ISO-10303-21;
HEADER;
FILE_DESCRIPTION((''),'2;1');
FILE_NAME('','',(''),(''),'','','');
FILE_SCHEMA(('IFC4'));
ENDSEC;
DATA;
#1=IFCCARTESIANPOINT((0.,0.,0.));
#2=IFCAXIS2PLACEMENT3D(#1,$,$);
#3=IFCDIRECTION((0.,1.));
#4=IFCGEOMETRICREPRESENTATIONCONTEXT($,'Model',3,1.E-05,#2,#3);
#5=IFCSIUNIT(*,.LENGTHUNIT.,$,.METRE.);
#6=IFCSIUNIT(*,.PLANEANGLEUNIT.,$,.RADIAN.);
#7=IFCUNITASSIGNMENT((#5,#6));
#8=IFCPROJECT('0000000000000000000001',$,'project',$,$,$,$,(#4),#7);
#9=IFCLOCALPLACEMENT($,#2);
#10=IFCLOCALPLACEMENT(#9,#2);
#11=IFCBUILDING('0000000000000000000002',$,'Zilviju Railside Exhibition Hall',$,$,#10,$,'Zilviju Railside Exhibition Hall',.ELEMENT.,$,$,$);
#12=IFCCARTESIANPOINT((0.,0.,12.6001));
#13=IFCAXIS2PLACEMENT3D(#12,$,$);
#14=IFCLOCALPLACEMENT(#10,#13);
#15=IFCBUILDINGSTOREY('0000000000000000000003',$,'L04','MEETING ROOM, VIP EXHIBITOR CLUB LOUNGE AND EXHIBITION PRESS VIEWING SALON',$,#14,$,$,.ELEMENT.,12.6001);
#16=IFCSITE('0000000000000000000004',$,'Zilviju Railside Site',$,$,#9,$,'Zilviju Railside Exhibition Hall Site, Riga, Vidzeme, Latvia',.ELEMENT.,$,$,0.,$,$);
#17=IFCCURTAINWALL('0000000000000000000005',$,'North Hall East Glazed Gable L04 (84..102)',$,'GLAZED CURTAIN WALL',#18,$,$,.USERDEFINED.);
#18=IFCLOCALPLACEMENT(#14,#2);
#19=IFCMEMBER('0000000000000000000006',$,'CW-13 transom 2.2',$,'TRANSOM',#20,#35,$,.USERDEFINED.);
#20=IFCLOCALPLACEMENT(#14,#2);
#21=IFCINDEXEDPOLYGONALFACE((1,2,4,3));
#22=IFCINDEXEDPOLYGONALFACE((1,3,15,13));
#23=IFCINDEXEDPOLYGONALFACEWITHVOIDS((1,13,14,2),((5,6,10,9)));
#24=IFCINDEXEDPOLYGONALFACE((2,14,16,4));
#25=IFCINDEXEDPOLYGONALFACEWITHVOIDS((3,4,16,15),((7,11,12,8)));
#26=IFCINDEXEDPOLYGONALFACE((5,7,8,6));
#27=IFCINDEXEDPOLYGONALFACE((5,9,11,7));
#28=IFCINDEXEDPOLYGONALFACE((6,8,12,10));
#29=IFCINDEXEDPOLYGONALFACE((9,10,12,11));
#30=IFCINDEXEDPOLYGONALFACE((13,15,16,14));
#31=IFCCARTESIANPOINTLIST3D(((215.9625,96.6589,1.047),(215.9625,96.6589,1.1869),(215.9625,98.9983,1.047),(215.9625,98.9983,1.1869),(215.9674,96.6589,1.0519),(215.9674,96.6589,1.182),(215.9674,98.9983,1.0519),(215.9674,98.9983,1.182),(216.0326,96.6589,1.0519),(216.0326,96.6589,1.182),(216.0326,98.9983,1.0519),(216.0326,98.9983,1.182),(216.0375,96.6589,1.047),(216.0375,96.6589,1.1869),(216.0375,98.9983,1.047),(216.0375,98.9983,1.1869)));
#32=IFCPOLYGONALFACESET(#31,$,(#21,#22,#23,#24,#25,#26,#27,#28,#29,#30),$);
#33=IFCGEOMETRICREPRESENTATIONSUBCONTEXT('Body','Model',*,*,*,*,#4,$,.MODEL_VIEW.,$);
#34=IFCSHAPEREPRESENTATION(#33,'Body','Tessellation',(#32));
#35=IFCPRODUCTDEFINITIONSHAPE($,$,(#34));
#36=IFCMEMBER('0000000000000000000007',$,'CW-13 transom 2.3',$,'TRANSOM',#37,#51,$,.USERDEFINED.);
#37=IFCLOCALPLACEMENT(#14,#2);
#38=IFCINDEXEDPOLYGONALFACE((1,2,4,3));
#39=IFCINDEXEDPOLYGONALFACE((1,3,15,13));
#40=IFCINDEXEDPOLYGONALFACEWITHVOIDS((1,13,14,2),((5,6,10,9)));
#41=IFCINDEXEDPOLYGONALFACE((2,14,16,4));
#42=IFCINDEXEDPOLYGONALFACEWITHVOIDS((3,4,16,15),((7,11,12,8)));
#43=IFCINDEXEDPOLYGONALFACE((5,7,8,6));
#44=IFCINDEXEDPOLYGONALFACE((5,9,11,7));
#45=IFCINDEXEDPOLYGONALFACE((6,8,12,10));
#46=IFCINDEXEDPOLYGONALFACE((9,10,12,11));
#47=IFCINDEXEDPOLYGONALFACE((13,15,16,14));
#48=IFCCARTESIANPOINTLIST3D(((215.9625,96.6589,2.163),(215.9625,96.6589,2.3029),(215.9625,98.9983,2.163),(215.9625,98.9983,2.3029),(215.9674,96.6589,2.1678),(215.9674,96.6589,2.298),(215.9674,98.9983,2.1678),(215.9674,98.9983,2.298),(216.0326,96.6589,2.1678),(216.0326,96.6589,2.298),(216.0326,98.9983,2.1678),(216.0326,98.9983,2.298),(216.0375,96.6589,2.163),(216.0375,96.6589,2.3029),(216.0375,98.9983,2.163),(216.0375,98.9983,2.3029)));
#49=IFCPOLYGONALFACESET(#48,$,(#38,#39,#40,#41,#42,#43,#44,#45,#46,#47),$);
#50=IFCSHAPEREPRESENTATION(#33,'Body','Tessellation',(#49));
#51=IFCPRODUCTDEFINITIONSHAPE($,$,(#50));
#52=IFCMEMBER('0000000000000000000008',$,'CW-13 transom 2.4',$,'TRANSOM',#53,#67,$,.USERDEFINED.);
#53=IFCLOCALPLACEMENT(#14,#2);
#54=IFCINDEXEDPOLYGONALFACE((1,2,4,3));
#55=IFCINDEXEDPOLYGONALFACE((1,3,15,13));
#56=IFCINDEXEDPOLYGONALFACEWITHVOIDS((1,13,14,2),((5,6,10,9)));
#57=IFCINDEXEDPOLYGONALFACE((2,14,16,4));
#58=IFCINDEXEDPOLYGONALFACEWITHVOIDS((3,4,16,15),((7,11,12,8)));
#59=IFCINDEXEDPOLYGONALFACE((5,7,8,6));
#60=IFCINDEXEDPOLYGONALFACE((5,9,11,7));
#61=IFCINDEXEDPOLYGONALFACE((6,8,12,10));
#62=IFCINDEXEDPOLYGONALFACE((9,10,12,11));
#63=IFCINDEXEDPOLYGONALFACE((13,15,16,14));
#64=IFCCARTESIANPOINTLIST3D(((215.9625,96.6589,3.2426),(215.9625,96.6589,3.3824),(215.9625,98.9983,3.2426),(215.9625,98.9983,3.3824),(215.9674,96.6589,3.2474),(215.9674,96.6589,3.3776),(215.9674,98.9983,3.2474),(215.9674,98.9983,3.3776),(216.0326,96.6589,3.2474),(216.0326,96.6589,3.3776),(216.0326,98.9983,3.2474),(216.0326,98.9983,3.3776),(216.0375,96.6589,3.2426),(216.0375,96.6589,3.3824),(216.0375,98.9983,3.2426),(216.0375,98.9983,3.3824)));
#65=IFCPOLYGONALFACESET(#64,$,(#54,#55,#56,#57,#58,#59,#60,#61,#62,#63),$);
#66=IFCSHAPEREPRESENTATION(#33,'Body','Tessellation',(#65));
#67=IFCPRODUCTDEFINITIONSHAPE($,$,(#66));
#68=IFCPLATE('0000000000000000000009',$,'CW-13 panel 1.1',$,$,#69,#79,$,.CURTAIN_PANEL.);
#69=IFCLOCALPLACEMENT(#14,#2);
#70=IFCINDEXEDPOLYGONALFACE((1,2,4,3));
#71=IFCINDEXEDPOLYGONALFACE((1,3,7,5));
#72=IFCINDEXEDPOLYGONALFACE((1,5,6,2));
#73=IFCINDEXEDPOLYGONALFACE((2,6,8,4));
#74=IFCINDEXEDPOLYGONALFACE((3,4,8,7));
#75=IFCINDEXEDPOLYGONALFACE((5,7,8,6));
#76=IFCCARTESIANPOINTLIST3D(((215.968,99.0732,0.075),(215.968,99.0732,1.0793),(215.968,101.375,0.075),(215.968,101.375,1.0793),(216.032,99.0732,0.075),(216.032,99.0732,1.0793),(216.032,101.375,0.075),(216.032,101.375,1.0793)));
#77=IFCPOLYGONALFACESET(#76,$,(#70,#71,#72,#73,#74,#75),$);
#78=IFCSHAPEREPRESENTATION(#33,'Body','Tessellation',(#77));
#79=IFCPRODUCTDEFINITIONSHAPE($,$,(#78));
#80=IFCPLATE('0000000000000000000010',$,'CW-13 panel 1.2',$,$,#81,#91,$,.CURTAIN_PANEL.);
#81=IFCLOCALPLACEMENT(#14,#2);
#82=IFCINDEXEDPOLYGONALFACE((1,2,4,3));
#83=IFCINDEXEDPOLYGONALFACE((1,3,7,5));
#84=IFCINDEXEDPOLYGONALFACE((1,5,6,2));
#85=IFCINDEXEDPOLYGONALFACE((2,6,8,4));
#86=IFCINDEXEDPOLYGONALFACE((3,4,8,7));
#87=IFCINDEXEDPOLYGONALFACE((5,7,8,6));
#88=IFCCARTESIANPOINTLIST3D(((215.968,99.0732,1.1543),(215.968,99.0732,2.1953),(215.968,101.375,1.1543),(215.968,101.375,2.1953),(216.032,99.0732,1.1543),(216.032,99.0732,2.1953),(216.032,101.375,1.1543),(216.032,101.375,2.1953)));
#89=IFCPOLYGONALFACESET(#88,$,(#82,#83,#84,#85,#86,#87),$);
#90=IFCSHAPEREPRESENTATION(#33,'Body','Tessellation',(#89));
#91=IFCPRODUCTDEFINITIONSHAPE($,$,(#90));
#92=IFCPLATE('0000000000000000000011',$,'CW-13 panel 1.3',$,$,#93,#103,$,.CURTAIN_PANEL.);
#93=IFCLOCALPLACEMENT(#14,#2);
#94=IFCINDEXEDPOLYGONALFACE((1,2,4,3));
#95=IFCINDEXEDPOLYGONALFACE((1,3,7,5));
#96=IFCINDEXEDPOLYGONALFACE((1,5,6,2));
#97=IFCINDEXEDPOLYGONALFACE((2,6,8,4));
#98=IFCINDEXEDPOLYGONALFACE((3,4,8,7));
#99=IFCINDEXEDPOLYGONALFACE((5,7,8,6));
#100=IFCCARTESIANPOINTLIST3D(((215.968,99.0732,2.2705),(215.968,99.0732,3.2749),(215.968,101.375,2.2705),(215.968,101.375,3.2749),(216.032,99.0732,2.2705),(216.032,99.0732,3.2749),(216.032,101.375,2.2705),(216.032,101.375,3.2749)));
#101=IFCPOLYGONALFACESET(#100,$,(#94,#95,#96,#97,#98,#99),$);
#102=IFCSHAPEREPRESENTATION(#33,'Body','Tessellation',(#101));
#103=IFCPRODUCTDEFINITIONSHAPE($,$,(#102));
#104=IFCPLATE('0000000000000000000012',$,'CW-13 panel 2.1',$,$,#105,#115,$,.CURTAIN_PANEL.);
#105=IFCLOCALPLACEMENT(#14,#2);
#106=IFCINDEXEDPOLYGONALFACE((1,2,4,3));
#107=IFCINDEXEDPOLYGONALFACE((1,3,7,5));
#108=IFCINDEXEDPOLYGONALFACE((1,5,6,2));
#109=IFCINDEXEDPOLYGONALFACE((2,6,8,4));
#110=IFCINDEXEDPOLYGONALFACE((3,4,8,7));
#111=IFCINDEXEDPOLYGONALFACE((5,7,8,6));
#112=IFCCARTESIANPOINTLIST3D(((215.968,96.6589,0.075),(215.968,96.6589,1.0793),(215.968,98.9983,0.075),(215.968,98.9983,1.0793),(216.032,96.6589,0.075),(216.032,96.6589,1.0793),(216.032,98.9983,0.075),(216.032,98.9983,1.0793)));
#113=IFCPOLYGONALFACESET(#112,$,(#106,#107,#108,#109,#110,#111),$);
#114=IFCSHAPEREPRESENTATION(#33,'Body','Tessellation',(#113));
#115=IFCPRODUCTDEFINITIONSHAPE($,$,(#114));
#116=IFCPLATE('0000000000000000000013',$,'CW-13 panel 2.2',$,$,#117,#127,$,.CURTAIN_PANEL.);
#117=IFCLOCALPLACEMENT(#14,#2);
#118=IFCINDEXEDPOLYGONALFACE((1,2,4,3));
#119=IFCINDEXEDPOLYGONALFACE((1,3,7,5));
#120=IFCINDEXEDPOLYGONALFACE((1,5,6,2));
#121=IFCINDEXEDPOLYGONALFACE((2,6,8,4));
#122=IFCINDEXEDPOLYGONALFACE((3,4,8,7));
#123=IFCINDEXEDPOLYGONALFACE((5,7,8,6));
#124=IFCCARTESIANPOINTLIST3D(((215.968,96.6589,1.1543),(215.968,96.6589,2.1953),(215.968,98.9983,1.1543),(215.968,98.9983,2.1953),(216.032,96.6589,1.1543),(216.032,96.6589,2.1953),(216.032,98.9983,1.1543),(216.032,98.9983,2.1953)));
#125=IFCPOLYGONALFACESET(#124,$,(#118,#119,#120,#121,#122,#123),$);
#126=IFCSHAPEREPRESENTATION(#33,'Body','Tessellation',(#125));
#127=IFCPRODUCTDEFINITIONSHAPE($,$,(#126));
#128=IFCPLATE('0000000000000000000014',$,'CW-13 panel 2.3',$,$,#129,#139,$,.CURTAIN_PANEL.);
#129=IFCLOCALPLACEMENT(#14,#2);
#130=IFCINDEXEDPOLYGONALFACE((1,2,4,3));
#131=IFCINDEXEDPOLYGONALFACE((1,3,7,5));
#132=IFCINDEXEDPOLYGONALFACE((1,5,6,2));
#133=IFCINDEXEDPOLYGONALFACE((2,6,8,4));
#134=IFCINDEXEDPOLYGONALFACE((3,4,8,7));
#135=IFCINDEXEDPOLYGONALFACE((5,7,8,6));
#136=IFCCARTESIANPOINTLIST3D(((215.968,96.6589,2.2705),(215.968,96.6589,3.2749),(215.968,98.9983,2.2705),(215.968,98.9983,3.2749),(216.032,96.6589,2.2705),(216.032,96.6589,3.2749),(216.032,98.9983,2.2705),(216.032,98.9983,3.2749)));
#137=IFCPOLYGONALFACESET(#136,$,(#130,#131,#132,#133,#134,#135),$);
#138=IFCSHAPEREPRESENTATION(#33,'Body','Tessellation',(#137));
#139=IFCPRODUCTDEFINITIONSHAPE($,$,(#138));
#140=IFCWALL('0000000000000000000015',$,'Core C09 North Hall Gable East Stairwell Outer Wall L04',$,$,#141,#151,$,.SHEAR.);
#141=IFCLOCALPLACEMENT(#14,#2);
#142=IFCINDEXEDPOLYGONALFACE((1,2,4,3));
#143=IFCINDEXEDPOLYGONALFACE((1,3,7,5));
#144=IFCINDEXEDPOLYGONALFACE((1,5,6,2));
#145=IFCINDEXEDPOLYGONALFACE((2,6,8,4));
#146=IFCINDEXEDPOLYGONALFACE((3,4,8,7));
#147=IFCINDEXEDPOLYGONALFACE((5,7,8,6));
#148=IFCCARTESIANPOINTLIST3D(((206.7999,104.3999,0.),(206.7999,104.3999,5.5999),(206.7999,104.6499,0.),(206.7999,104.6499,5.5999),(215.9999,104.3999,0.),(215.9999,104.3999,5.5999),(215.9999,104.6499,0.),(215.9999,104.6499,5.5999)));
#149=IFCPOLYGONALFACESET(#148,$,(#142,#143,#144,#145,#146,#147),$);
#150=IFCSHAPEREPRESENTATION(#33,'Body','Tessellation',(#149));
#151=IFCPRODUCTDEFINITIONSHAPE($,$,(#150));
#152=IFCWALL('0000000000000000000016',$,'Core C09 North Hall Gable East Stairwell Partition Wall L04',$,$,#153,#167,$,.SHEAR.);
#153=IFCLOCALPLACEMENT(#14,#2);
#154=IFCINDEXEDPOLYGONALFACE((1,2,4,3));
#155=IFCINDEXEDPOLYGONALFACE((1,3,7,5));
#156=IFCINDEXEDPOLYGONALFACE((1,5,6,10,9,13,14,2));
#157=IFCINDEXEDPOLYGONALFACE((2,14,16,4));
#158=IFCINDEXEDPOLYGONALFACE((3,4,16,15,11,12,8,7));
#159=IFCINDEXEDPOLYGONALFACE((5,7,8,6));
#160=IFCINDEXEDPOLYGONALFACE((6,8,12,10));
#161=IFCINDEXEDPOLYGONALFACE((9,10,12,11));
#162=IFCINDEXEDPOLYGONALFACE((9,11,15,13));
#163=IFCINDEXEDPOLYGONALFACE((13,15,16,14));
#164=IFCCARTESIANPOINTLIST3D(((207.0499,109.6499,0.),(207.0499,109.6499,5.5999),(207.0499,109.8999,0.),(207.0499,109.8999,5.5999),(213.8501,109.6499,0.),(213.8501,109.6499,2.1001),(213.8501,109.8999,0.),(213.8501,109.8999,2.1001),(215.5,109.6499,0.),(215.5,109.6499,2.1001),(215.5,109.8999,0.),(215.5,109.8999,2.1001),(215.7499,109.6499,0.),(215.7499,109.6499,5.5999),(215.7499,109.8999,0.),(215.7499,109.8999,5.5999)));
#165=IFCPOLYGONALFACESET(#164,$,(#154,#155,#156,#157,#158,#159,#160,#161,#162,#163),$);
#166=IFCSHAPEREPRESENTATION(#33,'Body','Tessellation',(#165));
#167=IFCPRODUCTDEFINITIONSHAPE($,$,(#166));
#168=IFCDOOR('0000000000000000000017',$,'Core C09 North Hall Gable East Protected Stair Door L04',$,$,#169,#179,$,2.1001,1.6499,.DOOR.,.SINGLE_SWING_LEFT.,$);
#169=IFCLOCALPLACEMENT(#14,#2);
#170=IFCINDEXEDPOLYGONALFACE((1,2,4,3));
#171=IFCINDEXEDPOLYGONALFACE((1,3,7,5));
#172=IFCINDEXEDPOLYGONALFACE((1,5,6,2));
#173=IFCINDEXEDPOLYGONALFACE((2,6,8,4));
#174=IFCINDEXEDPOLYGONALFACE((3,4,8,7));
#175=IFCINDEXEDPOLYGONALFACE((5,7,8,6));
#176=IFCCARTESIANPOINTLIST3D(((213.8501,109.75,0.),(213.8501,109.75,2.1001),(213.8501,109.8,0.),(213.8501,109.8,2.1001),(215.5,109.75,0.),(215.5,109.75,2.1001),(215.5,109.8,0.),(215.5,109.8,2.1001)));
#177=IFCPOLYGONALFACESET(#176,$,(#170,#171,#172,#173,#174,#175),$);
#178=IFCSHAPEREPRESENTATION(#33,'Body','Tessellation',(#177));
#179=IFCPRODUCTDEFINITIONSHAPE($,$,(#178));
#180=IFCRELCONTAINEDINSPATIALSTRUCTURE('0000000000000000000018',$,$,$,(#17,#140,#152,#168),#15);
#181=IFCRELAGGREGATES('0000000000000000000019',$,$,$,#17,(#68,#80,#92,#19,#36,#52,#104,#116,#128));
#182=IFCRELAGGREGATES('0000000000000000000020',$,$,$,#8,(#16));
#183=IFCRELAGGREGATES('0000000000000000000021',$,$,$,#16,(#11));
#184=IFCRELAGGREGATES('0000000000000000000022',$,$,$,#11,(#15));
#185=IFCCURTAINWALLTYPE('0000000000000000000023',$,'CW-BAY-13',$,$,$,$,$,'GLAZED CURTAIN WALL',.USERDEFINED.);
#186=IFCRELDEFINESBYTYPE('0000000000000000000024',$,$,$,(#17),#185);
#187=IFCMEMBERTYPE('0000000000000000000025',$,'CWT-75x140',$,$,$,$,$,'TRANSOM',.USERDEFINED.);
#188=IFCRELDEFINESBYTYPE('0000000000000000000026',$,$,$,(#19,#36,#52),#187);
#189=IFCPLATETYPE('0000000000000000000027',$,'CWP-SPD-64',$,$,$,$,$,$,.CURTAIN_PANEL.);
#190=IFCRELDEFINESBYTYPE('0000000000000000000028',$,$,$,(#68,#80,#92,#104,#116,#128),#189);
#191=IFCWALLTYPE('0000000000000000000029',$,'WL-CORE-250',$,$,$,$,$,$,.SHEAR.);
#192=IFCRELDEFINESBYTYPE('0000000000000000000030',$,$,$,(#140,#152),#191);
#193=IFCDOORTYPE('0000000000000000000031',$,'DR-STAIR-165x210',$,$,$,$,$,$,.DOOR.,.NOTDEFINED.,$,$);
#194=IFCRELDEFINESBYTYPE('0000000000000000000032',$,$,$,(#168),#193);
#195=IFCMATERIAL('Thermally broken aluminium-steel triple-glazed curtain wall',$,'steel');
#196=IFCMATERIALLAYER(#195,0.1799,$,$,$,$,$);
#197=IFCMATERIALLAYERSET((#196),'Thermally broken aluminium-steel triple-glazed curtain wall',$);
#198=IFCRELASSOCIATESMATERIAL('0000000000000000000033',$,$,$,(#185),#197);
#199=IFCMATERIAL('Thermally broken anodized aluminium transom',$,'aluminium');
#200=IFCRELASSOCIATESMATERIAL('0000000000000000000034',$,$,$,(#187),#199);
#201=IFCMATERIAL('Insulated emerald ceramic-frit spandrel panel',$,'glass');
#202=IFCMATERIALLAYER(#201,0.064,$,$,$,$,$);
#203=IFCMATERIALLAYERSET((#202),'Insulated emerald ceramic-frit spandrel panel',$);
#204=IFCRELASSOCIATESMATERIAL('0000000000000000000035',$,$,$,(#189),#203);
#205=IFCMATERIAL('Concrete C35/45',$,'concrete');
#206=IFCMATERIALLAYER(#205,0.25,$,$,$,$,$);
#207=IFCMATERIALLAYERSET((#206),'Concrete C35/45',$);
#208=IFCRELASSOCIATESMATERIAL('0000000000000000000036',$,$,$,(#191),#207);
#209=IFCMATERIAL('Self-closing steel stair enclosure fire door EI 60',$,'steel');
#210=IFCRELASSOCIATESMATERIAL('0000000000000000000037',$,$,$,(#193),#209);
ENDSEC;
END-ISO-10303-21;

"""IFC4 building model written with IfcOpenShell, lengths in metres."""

from ifc_helpers import new_model, si_unit, direction, frame, frame_2d, origin, origin_2d, place, context, subcontext, project, spatial, rectangle, hollow_rectangle, extrude, material, layer, layer_set, material_profile, profile_set, type_object, element, fill, aggregate, save


model = new_model("IFC4")

# Units and contexts
model_context = context("Model", 3, precision=1e-05, world=origin(), true_north=direction((0.0, 1.0)))
body_context = subcontext(model_context, "Body", "Model", "MODEL_VIEW")
ifc_project = project(units=[si_unit("LENGTHUNIT", "METRE"), si_unit("PLANEANGLEUNIT", "RADIAN")], contexts=[model_context])

# Site, building, storey
site_placement = place(None, origin())
site = spatial("IfcSite", under=ifc_project, at=site_placement, Name="Zilviju Railside Site", LongName="Zilviju Railside Exhibition Hall Site, Riga, Vidzeme, Latvia", CompositionType="ELEMENT", RefElevation=0.0)
building_placement = place(site_placement, origin())
building = spatial("IfcBuilding", under=site, at=building_placement, Name="Zilviju Railside Exhibition Hall", LongName="Zilviju Railside Exhibition Hall", CompositionType="ELEMENT")
storey_placement = place(building_placement, frame((0.0, 0.0, 12.6001)))
storey = spatial("IfcBuildingStorey", under=building, at=storey_placement, Name="L04", Description="MEETING ROOM, VIP EXHIBITOR CLUB LOUNGE AND EXHIBITION PRESS VIEWING SALON", CompositionType="ELEMENT", Elevation=12.6001)

# Curtain wall, members, plates
ifc_material_1 = material(Name="Thermally broken aluminium-steel triple-glazed curtain wall", Category="steel")
ifc_layer_1 = layer(ifc_material_1, 0.1799)
ifc_layer_set_1 = layer_set([ifc_layer_1], Name="Thermally broken aluminium-steel triple-glazed curtain wall")
curtain_wall_type = type_object("IfcCurtainWallType", Name="CW-BAY-13", ElementType="GLAZED CURTAIN WALL", PredefinedType="USERDEFINED", material=ifc_layer_set_1)
curtain_wall_placement = place(storey_placement, origin())
curtain_wall = element("IfcCurtainWall", 1, at=curtain_wall_placement, inside=storey, type_object=curtain_wall_type, Name="North Hall East Glazed Gable L04 (84..102)", ObjectType="GLAZED CURTAIN WALL", PredefinedType="USERDEFINED")
ifc_material_2 = material(Name="Thermally broken anodized aluminium transom", Category="aluminium")
ifc_material_profile_1 = material_profile(ifc_material_2, hollow_rectangle(XDim=0.075, YDim=0.1399, WallThickness=0.0049, at=origin_2d()), Name="TRANSOM 140x75x5")
ifc_profile_set_1 = profile_set([ifc_material_profile_1], Name="Thermally broken anodized aluminium transom")
member_type_1 = type_object("IfcMemberType", Name="CWT-75x140", ElementType="TRANSOM", PredefinedType="USERDEFINED", material=ifc_profile_set_1)
member_1_placement = place(storey_placement, frame((216.0, 98.9983, 1.1169), z_axis=(0.0, -1.0, 0.0), x_axis=(1.0, 0.0, 0.0)))
member_1 = element("IfcMember", 2, at=member_1_placement, type_object=member_type_1, Name="CW-13 transom 2.2", ObjectType="TRANSOM", PredefinedType="USERDEFINED", context=body_context, shape_type="SweptSolid", body=[
    extrude(hollow_rectangle(XDim=0.075, YDim=0.1399, WallThickness=0.0049, at=origin_2d()), origin(), (0.0, 0.0, 1.0), 2.3394),
])
member_2_placement = place(storey_placement, frame((216.0, 98.9983, 2.2329), z_axis=(0.0, -1.0, 0.0), x_axis=(1.0, 0.0, 0.0)))
member_2 = element("IfcMember", 3, at=member_2_placement, type_object=member_type_1, Name="CW-13 transom 2.3", ObjectType="TRANSOM", PredefinedType="USERDEFINED", context=body_context, shape_type="SweptSolid", body=[
    extrude(hollow_rectangle(XDim=0.075, YDim=0.1399, WallThickness=0.0049, at=origin_2d()), origin(), (0.0, 0.0, 1.0), 2.3394),
])
member_3_placement = place(storey_placement, frame((216.0, 98.9983, 3.3125), z_axis=(0.0, -1.0, 0.0), x_axis=(1.0, 0.0, 0.0)))
member_3 = element("IfcMember", 4, at=member_3_placement, type_object=member_type_1, Name="CW-13 transom 2.4", ObjectType="TRANSOM", PredefinedType="USERDEFINED", context=body_context, shape_type="SweptSolid", body=[
    extrude(hollow_rectangle(XDim=0.075, YDim=0.1399, WallThickness=0.0049, at=origin_2d()), origin(), (0.0, 0.0, 1.0), 2.3394),
])
ifc_material_3 = material(Name="Insulated emerald ceramic-frit spandrel panel", Category="glass")
ifc_layer_2 = layer(ifc_material_3, 0.064)
ifc_layer_set_2 = layer_set([ifc_layer_2], Name="Insulated emerald ceramic-frit spandrel panel")
plate_type = type_object("IfcPlateType", Name="CWP-SPD-64", PredefinedType="CURTAIN_PANEL", material=ifc_layer_set_2)
plate_1_placement = place(storey_placement, frame((216.0, 100.2241, 0.075), z_axis=(0.0, 0.0, 1.0), x_axis=(0.0, -1.0, 0.0)))
plate_1 = element("IfcPlate", 5, at=plate_1_placement, type_object=plate_type, Name="CW-13 panel 1.1", PredefinedType="CURTAIN_PANEL", context=body_context, shape_type="SweptSolid", body=[
    extrude(rectangle(XDim=2.3018, YDim=0.064, at=origin_2d()), origin(), (0.0, 0.0, 1.0), 1.0044),
])
plate_2_placement = place(storey_placement, frame((216.0, 100.2241, 1.1543), z_axis=(0.0, 0.0, 1.0), x_axis=(0.0, -1.0, 0.0)))
plate_2 = element("IfcPlate", 6, at=plate_2_placement, type_object=plate_type, Name="CW-13 panel 1.2", PredefinedType="CURTAIN_PANEL", context=body_context, shape_type="SweptSolid", body=[
    extrude(rectangle(XDim=2.3018, YDim=0.064, at=origin_2d()), origin(), (0.0, 0.0, 1.0), 1.041),
])
plate_3_placement = place(storey_placement, frame((216.0, 100.2241, 2.2705), z_axis=(0.0, 0.0, 1.0), x_axis=(0.0, -1.0, 0.0)))
plate_3 = element("IfcPlate", 7, at=plate_3_placement, type_object=plate_type, Name="CW-13 panel 1.3", PredefinedType="CURTAIN_PANEL", context=body_context, shape_type="SweptSolid", body=[
    extrude(rectangle(XDim=2.3018, YDim=0.064, at=origin_2d()), origin(), (0.0, 0.0, 1.0), 1.0044),
])
plate_4_placement = place(storey_placement, frame((216.0, 97.8286, 0.075), z_axis=(0.0, 0.0, 1.0), x_axis=(0.0, -1.0, 0.0)))
plate_4 = element("IfcPlate", 8, at=plate_4_placement, type_object=plate_type, Name="CW-13 panel 2.1", PredefinedType="CURTAIN_PANEL", context=body_context, shape_type="SweptSolid", body=[
    extrude(rectangle(XDim=2.3394, YDim=0.064, at=origin_2d()), origin(), (0.0, 0.0, 1.0), 1.0044),
])
plate_5_placement = place(storey_placement, frame((216.0, 97.8286, 1.1543), z_axis=(0.0, 0.0, 1.0), x_axis=(0.0, -1.0, 0.0)))
plate_5 = element("IfcPlate", 9, at=plate_5_placement, type_object=plate_type, Name="CW-13 panel 2.2", PredefinedType="CURTAIN_PANEL", context=body_context, shape_type="SweptSolid", body=[
    extrude(rectangle(XDim=2.3394, YDim=0.064, at=origin_2d()), origin(), (0.0, 0.0, 1.0), 1.041),
])
plate_6_placement = place(storey_placement, frame((216.0, 97.8286, 2.2705), z_axis=(0.0, 0.0, 1.0), x_axis=(0.0, -1.0, 0.0)))
plate_6 = element("IfcPlate", 10, at=plate_6_placement, type_object=plate_type, Name="CW-13 panel 2.3", PredefinedType="CURTAIN_PANEL", context=body_context, shape_type="SweptSolid", body=[
    extrude(rectangle(XDim=2.3394, YDim=0.064, at=origin_2d()), origin(), (0.0, 0.0, 1.0), 1.0044),
])
aggregate(curtain_wall, [plate_1, plate_2, plate_3, member_1, member_2, member_3, plate_4, plate_5, plate_6])

# Wall
ifc_material_4 = material(Name="Concrete C35/45", Category="concrete")
ifc_layer_3 = layer(ifc_material_4, 0.25)
ifc_layer_set_3 = layer_set([ifc_layer_3], Name="Concrete C35/45")
wall_type_1 = type_object("IfcWallType", Name="WL-CORE-250", PredefinedType="SHEAR", material=ifc_layer_set_3)
wall_1_placement = place(storey_placement, frame((216.0, 104.5249, 0.0), z_axis=(0.0, 0.0, 1.0), x_axis=(-1.0, 0.0, 0.0)))
element("IfcWall", 11, at=wall_1_placement, inside=storey, type_object=wall_type_1, Name="Core C09 North Hall Gable East Stairwell Outer Wall L04", PredefinedType="SHEAR", context=body_context, shape_type="SweptSolid", body=[
    extrude(rectangle(XDim=9.2, YDim=0.25, at=frame_2d((4.6001, 0.0))), origin(), (0.0, 0.0, 1.0), 5.5999),
])

# Wall, opening, door
wall_2_placement = place(storey_placement, frame((215.75, 109.7749, 0.0), z_axis=(0.0, 0.0, 1.0), x_axis=(-1.0, 0.0, 0.0)))
wall_2 = element("IfcWall", 12, at=wall_2_placement, inside=storey, type_object=wall_type_1, Name="Core C09 North Hall Gable East Stairwell Partition Wall L04", PredefinedType="SHEAR", context=body_context, shape_type="SweptSolid", body=[
    extrude(rectangle(XDim=8.7, YDim=0.25, at=frame_2d((4.3501, 0.0))), origin(), (0.0, 0.0, 1.0), 5.5999),
])
opening_placement = place(wall_2_placement, frame((0.25, 0.0, 0.0)))
opening = element("IfcOpeningElement", 13, at=opening_placement, cuts=wall_2, PredefinedType="OPENING", context=body_context, shape_type="SweptSolid", body=[
    extrude(rectangle(XDim=1.6499, YDim=2.1001, at=frame_2d((0.825, 1.05))), frame((0.0, 0.135, 0.0), z_axis=(0.0, -1.0, 0.0), x_axis=(1.0, 0.0, 0.0)), (0.0, 0.0, 1.0), 0.27),
])
ifc_material_5 = material(Name="Self-closing steel stair enclosure fire door EI 60", Category="steel")
door_type = type_object("IfcDoorType", Name="DR-STAIR-165x210", OperationType="NOTDEFINED", PredefinedType="DOOR", material=ifc_material_5)
door_placement = place(opening_placement, origin())
door = element("IfcDoor", 14, at=door_placement, inside=storey, type_object=door_type, Name="Core C09 North Hall Gable East Protected Stair Door L04", OperationType="SINGLE_SWING_LEFT", OverallHeight=2.1001, OverallWidth=1.6499, PredefinedType="DOOR", context=body_context, shape_type="SweptSolid", body=[
    extrude(rectangle(XDim=1.6499, YDim=2.1001, at=frame_2d((0.825, 1.05))), frame((0.0, 0.0249, 0.0), z_axis=(0.0, -1.0, 0.0), x_axis=(1.0, 0.0, 0.0)), (0.0, 0.0, 1.0), 0.05),
])
fill(opening, door)

save(model, "model.ifc")
